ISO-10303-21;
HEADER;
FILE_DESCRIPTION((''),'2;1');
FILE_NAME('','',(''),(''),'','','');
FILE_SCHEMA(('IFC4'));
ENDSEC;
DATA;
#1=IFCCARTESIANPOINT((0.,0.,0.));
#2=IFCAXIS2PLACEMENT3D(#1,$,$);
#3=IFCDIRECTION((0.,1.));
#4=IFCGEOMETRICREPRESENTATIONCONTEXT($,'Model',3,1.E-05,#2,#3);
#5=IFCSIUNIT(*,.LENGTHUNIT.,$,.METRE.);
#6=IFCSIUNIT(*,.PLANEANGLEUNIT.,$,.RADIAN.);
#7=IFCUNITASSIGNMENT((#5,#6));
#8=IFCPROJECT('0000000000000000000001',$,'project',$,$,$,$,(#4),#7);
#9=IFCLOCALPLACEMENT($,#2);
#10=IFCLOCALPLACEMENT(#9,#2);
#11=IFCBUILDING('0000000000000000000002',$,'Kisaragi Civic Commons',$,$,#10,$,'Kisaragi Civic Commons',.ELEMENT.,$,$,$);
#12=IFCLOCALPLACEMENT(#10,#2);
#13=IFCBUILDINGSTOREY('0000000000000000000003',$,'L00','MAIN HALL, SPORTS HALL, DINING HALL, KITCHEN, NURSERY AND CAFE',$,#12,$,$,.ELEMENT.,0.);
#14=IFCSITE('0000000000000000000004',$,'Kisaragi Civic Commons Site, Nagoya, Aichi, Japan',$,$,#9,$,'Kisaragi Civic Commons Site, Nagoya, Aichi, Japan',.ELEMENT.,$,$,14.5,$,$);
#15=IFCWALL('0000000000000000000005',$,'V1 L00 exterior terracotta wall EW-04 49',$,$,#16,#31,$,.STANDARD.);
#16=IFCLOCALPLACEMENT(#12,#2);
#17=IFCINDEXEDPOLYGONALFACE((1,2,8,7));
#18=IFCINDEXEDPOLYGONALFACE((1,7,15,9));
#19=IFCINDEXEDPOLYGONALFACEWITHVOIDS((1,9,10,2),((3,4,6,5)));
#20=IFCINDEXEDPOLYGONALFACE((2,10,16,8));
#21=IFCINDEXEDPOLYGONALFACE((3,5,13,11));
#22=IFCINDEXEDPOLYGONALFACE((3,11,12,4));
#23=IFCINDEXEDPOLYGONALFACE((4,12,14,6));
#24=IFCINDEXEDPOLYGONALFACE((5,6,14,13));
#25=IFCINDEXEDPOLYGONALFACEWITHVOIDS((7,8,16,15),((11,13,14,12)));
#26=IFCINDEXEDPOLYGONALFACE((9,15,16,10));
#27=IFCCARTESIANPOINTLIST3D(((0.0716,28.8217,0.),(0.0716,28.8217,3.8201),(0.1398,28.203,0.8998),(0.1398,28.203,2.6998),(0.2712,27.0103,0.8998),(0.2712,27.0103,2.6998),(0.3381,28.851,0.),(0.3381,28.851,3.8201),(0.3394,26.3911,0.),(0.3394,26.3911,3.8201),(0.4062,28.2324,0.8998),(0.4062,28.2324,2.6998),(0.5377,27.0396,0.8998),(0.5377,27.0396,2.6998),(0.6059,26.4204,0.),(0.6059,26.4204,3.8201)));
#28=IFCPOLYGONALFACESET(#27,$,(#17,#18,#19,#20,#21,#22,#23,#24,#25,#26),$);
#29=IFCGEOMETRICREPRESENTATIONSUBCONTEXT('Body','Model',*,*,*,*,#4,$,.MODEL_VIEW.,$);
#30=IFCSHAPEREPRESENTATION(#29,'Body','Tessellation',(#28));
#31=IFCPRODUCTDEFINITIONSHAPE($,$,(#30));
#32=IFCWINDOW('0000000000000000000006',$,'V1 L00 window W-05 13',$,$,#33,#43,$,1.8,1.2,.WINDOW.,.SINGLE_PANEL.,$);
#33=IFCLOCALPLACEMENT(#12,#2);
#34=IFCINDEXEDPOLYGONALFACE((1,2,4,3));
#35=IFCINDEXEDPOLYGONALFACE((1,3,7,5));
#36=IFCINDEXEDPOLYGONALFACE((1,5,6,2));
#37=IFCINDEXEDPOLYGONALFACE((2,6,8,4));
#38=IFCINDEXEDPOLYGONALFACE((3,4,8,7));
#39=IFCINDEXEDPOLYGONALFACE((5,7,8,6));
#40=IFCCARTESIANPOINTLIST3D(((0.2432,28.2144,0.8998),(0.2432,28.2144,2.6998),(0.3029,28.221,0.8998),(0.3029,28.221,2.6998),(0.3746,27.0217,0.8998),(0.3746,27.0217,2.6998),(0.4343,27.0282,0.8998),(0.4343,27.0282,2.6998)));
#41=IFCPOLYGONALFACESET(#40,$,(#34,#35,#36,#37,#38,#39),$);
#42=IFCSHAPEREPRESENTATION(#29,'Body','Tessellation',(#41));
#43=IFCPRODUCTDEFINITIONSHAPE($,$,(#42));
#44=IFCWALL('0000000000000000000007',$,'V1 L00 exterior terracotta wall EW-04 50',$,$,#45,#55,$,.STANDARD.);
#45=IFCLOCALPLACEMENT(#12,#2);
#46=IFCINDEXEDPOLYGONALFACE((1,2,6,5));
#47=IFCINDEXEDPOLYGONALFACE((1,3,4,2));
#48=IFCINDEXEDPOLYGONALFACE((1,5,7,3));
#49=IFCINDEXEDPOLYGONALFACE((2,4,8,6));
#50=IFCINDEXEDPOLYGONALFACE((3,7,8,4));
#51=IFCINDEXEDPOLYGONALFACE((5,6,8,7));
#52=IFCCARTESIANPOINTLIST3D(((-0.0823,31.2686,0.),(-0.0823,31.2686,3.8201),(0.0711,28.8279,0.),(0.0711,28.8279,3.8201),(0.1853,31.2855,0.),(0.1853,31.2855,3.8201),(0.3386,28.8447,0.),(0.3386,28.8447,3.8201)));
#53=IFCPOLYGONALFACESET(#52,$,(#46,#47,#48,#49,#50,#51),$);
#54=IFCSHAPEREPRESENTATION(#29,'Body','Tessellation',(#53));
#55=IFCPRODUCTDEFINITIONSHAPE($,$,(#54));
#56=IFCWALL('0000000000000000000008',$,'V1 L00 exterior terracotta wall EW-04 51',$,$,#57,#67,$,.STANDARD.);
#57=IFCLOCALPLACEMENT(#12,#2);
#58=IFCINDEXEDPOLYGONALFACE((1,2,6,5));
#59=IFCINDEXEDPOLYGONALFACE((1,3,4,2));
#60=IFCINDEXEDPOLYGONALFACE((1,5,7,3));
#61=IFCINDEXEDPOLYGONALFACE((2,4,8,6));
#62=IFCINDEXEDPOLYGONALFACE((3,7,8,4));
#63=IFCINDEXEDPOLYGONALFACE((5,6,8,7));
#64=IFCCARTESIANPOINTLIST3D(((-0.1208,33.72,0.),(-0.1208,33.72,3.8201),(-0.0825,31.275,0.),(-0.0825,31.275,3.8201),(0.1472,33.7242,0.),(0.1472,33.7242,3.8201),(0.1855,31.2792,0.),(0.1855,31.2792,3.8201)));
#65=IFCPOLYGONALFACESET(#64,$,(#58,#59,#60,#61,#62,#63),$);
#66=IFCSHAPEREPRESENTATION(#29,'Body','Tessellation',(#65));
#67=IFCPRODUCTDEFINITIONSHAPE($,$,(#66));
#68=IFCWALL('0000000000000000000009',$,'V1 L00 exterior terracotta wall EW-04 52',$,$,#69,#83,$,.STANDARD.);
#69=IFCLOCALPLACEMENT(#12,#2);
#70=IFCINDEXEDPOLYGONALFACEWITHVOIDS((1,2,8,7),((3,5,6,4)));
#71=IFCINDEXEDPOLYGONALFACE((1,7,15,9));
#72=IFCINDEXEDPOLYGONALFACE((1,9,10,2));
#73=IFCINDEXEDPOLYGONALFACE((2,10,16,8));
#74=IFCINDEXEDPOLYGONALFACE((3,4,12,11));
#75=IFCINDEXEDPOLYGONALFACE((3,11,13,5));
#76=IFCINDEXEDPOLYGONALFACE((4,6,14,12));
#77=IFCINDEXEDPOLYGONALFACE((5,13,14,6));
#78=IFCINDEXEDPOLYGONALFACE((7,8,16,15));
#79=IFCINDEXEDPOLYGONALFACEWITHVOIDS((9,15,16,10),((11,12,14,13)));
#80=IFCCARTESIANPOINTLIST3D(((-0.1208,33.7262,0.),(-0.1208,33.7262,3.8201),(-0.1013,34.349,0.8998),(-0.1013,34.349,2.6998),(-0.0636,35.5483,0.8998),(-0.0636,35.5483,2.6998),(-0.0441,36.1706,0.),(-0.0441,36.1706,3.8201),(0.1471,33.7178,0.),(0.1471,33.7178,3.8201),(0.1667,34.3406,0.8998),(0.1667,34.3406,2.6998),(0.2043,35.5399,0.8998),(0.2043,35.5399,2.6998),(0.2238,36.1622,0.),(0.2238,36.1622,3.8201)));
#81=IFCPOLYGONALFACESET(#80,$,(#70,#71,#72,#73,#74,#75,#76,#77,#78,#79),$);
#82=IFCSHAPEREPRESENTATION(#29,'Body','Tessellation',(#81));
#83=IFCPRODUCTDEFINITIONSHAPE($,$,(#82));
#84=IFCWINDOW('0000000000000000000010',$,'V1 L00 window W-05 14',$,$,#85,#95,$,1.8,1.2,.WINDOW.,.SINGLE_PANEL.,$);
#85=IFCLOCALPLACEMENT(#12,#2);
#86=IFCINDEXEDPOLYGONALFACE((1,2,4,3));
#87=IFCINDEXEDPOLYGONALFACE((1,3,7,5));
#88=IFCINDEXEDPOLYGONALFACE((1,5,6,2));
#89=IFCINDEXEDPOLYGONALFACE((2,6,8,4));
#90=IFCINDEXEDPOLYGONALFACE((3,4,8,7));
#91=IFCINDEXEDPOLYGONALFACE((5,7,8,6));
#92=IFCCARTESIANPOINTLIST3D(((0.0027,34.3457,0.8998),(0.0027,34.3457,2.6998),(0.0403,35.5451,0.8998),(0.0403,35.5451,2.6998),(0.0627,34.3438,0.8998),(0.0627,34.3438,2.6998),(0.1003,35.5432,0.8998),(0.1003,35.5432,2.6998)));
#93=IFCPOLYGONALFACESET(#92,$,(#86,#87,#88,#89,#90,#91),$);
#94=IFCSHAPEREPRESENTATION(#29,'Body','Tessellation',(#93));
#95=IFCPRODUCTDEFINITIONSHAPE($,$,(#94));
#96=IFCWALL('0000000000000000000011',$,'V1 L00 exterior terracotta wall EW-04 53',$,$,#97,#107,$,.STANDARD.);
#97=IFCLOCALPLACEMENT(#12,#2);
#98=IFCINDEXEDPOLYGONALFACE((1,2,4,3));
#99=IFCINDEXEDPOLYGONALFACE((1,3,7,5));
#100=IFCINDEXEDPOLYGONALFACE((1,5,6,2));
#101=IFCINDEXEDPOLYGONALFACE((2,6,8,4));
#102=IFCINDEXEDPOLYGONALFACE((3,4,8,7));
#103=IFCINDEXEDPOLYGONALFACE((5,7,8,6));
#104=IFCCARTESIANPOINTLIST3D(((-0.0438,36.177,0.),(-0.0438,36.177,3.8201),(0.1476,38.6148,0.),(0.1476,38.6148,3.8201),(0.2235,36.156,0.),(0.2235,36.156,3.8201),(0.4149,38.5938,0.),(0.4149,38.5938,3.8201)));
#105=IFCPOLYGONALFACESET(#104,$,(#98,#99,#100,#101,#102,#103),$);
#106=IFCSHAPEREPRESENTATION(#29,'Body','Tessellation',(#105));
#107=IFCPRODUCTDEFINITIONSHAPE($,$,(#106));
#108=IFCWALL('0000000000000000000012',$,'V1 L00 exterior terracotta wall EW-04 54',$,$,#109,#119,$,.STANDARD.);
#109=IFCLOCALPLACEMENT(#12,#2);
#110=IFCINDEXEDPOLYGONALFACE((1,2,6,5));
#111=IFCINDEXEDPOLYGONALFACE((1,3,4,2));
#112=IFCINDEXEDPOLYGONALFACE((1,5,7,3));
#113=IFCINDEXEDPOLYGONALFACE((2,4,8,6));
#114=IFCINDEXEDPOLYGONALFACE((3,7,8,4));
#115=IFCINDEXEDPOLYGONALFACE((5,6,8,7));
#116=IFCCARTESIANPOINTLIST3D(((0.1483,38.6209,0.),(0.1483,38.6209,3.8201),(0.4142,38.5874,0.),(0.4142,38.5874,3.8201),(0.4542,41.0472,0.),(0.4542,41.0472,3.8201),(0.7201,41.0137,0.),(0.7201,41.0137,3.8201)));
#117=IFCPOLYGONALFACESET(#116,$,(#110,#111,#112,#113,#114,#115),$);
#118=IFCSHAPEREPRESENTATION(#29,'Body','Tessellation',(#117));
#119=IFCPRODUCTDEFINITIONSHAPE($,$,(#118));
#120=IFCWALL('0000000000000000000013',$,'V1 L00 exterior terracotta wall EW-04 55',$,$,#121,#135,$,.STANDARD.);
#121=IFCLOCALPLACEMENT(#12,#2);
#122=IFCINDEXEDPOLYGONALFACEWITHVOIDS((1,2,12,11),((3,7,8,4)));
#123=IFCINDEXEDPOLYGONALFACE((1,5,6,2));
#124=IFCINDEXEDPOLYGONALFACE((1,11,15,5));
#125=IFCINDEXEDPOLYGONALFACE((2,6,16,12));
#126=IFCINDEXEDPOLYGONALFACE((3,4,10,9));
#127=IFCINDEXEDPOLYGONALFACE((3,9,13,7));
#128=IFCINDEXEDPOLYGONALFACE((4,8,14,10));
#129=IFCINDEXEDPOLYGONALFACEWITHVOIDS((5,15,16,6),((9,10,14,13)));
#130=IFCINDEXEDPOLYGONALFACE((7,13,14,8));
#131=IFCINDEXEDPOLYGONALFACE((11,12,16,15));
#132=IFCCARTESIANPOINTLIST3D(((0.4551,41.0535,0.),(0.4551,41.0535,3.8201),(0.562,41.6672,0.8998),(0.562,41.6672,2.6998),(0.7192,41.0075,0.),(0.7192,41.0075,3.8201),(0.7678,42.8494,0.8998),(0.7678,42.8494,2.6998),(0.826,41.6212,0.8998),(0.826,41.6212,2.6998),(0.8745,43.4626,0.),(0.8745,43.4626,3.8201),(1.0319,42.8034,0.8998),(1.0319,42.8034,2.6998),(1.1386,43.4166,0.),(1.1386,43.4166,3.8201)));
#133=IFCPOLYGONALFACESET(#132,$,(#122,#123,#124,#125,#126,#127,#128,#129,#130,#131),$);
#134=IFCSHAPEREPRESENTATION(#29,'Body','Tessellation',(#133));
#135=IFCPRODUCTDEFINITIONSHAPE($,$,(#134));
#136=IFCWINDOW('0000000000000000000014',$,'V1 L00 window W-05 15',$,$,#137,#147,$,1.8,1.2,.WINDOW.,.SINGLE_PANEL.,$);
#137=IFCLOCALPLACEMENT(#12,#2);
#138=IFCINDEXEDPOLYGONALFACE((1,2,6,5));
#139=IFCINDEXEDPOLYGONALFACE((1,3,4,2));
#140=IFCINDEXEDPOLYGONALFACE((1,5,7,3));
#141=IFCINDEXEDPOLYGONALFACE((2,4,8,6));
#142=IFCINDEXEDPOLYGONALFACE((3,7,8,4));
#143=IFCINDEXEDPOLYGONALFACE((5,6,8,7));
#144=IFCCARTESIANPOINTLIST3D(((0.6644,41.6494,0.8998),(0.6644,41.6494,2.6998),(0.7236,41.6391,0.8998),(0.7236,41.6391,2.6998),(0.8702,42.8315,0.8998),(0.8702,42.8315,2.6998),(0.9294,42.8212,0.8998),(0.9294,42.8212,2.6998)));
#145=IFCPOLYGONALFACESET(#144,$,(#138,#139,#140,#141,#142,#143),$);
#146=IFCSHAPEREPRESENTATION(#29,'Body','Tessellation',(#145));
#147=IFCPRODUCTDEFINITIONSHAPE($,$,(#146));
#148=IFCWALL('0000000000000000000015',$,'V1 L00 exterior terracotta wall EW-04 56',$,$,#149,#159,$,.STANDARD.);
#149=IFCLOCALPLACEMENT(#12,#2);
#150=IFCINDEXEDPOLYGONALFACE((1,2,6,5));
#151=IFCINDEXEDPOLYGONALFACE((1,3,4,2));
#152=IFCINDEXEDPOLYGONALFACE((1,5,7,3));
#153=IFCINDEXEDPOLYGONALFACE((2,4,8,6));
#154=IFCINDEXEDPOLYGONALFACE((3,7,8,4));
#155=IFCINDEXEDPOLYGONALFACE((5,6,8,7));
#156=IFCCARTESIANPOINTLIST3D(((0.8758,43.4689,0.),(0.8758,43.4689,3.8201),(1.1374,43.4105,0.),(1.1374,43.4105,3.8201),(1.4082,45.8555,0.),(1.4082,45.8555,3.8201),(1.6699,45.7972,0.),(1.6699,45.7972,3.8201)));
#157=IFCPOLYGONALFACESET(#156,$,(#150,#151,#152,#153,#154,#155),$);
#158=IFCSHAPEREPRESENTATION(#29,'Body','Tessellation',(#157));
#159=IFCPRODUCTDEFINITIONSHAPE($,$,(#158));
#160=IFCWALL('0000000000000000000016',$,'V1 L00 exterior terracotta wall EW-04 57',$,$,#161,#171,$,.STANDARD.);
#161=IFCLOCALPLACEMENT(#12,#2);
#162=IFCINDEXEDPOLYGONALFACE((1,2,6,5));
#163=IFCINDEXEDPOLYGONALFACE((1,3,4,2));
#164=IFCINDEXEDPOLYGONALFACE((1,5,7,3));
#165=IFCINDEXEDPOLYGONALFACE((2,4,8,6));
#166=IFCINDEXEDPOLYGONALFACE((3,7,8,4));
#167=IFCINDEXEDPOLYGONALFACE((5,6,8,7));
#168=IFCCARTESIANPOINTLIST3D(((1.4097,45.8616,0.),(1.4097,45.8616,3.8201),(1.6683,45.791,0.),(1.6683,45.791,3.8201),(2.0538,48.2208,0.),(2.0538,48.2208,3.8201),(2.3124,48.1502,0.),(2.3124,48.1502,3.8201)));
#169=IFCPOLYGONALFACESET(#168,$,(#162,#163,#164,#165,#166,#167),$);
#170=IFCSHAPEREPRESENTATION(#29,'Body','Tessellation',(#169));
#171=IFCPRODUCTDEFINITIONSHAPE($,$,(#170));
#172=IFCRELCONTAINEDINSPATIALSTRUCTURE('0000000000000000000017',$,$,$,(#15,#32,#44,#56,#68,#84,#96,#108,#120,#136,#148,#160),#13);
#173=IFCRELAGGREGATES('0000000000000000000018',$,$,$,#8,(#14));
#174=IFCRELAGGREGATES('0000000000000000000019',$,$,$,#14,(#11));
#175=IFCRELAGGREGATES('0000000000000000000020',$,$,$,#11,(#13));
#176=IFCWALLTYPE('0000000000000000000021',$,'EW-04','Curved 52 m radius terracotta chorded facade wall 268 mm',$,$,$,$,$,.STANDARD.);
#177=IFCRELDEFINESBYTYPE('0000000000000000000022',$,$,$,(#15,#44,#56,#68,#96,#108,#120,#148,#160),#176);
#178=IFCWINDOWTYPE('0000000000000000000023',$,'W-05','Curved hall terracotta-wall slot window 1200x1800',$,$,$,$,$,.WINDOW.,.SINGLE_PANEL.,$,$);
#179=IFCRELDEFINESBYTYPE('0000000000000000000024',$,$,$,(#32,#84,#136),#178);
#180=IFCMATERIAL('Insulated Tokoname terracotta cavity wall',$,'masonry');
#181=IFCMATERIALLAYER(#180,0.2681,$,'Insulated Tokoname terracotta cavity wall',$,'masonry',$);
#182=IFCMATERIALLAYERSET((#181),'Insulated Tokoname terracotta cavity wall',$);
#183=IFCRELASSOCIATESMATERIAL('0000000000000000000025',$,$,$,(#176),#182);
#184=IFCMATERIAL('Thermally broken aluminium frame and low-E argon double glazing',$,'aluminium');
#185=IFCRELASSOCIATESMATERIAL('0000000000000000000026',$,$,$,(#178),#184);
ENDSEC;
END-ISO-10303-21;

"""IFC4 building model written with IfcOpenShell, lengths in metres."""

from ifc_helpers import new_model, si_unit, direction, frame, frame_2d, origin, place, context, subcontext, project, spatial, rectangle, extrude, material, layer, layer_set, type_object, element, fill, save


model = new_model("IFC4")

# Units and contexts
model_context = context("Model", 3, precision=1e-05, world=origin(), true_north=direction((0.0, 1.0)))
body_context = subcontext(model_context, "Body", "Model", "MODEL_VIEW")
ifc_project = project(units=[si_unit("LENGTHUNIT", "METRE"), si_unit("PLANEANGLEUNIT", "RADIAN")], contexts=[model_context])

# Site, building, storey
site_placement = place(None, origin())
site = spatial("IfcSite", under=ifc_project, at=site_placement, Name="Kisaragi Civic Commons Site, Nagoya, Aichi, Japan", LongName="Kisaragi Civic Commons Site, Nagoya, Aichi, Japan", CompositionType="ELEMENT", RefElevation=14.5)
building_placement = place(site_placement, origin())
building = spatial("IfcBuilding", under=site, at=building_placement, Name="Kisaragi Civic Commons", LongName="Kisaragi Civic Commons", CompositionType="ELEMENT")
storey_placement = place(building_placement, origin())
storey = spatial("IfcBuildingStorey", under=building, at=storey_placement, Name="L00", Description="MAIN HALL, SPORTS HALL, DINING HALL, KITCHEN, NURSERY AND CAFE", CompositionType="ELEMENT", Elevation=0.0)

# Wall, opening, window
ifc_material_1 = material(Name="Insulated Tokoname terracotta cavity wall", Category="masonry")
ifc_layer_1 = layer(ifc_material_1, 0.2681, Name="Insulated Tokoname terracotta cavity wall", Category="masonry")
ifc_layer_set_1 = layer_set([ifc_layer_1], Name="Insulated Tokoname terracotta cavity wall")
wall_type_1 = type_object("IfcWallType", Name="EW-04", Description="Curved 52 m radius terracotta chorded facade wall 268 mm", PredefinedType="STANDARD", material=ifc_layer_set_1)
wall_1_placement = place(storey_placement, frame((0.4727, 26.4058, 0.0), z_axis=(0.0, 0.0, 1.0), x_axis=(-0.109522, 0.993984, 0.0)))
wall_1 = element("IfcWall", 1, at=wall_1_placement, inside=storey, type_object=wall_type_1, Name="V1 L00 exterior terracotta wall EW-04 49", PredefinedType="STANDARD", context=body_context, shape_type="SweptSolid", body=[
    extrude(rectangle(XDim=2.4453, YDim=0.2681, at=frame_2d((1.2227, 0.0))), origin(), (0.0, 0.0, 1.0), 3.8201),
])
opening_1_placement = place(wall_1_placement, frame((0.6228, 0.0, 0.8999)))
opening_1 = element("IfcOpeningElement", 2, at=opening_1_placement, cuts=wall_1, PredefinedType="OPENING", context=body_context, shape_type="SweptSolid", body=[
    extrude(rectangle(XDim=1.2, YDim=1.8, at=frame_2d((0.6001, 0.8999))), frame((0.0, 0.144, 0.0), z_axis=(0.0, -1.0, 0.0), x_axis=(1.0, 0.0, 0.0)), (0.0, 0.0, 1.0), 0.2881),
])
ifc_material_2 = material(Name="Thermally broken aluminium frame and low-E argon double glazing", Category="aluminium")
window_type = type_object("IfcWindowType", Name="W-05", Description="Curved hall terracotta-wall slot window 1200x1800", PartitioningType="SINGLE_PANEL", PredefinedType="WINDOW", material=ifc_material_2)
window_1_placement = place(opening_1_placement, origin())
window_1 = element("IfcWindow", 3, at=window_1_placement, inside=storey, type_object=window_type, Name="V1 L00 window W-05 13", OverallHeight=1.8, OverallWidth=1.2, PartitioningType="SINGLE_PANEL", PredefinedType="WINDOW", context=body_context, shape_type="SweptSolid", body=[
    extrude(rectangle(XDim=1.2, YDim=1.8, at=frame_2d((0.6001, 0.8999))), frame((0.0, 0.03, 0.0), z_axis=(0.0, -1.0, 0.0), x_axis=(1.0, 0.0, 0.0)), (0.0, 0.0, 1.0), 0.0601),
])
fill(opening_1, window_1)

# Walls
wall_2_placement = place(storey_placement, frame((0.2048, 28.8364, 0.0), z_axis=(0.0, 0.0, 1.0), x_axis=(-0.062695, 0.998033, 0.0)))
element("IfcWall", 4, at=wall_2_placement, inside=storey, type_object=wall_type_1, Name="V1 L00 exterior terracotta wall EW-04 50", PredefinedType="STANDARD", context=body_context, shape_type="SweptSolid", body=[
    extrude(rectangle(XDim=2.4456, YDim=0.2681, at=frame_2d((1.2227, 0.0))), origin(), (0.0, 0.0, 1.0), 3.8201),
])
wall_3_placement = place(storey_placement, frame((0.0515, 31.2771, 0.0), z_axis=(0.0, 0.0, 1.0), x_axis=(-0.015675, 0.999877, 0.0)))
element("IfcWall", 5, at=wall_3_placement, inside=storey, type_object=wall_type_1, Name="V1 L00 exterior terracotta wall EW-04 51", PredefinedType="STANDARD", context=body_context, shape_type="SweptSolid", body=[
    extrude(rectangle(XDim=2.4453, YDim=0.2681, at=frame_2d((1.2227, 0.0))), origin(), (0.0, 0.0, 1.0), 3.8201),
])

# Wall, opening, window
wall_4_placement = place(storey_placement, frame((0.0132, 33.7222, 0.0), z_axis=(0.0, 0.0, 1.0), x_axis=(0.031347, 0.999509, 0.0)))
wall_4 = element("IfcWall", 6, at=wall_4_placement, inside=storey, type_object=wall_type_1, Name="V1 L00 exterior terracotta wall EW-04 52", PredefinedType="STANDARD", context=body_context, shape_type="SweptSolid", body=[
    extrude(rectangle(XDim=2.4456, YDim=0.2681, at=frame_2d((1.2227, 0.0))), origin(), (0.0, 0.0, 1.0), 3.8201),
])
opening_2_placement = place(wall_4_placement, frame((0.6228, 0.0, 0.8999)))
opening_2 = element("IfcOpeningElement", 7, at=opening_2_placement, cuts=wall_4, PredefinedType="OPENING", context=body_context, shape_type="SweptSolid", body=[
    extrude(rectangle(XDim=1.2, YDim=1.8, at=frame_2d((0.6001, 0.8999))), frame((0.0, 0.144, 0.0), z_axis=(0.0, -1.0, 0.0), x_axis=(1.0, 0.0, 0.0)), (0.0, 0.0, 1.0), 0.2881),
])
window_2_placement = place(opening_2_placement, origin())
window_2 = element("IfcWindow", 8, at=window_2_placement, inside=storey, type_object=window_type, Name="V1 L00 window W-05 14", OverallHeight=1.8, OverallWidth=1.2, PartitioningType="SINGLE_PANEL", PredefinedType="WINDOW", context=body_context, shape_type="SweptSolid", body=[
    extrude(rectangle(XDim=1.2, YDim=1.8, at=frame_2d((0.6001, 0.8999))), frame((0.0, 0.03, 0.0), z_axis=(0.0, -1.0, 0.0), x_axis=(1.0, 0.0, 0.0)), (0.0, 0.0, 1.0), 0.0601),
])
fill(opening_2, window_2)

# Walls
wall_5_placement = place(storey_placement, frame((0.0898, 36.1665, 0.0), z_axis=(0.0, 0.0, 1.0), x_axis=(0.078277, 0.996932, 0.0)))
element("IfcWall", 9, at=wall_5_placement, inside=storey, type_object=wall_type_1, Name="V1 L00 exterior terracotta wall EW-04 53", PredefinedType="STANDARD", context=body_context, shape_type="SweptSolid", body=[
    extrude(rectangle(XDim=2.4453, YDim=0.2681, at=frame_2d((1.2227, 0.0))), origin(), (0.0, 0.0, 1.0), 3.8201),
])
wall_6_placement = place(storey_placement, frame((0.2812, 38.6042, 0.0), z_axis=(0.0, 0.0, 1.0), x_axis=(0.125091, 0.992145, 0.0)))
element("IfcWall", 10, at=wall_6_placement, inside=storey, type_object=wall_type_1, Name="V1 L00 exterior terracotta wall EW-04 54", PredefinedType="STANDARD", context=body_context, shape_type="SweptSolid", body=[
    extrude(rectangle(XDim=2.4456, YDim=0.2681, at=frame_2d((1.2227, 0.0))), origin(), (0.0, 0.0, 1.0), 3.8201),
])

# Wall, opening, window
wall_7_placement = place(storey_placement, frame((0.5872, 41.0305, 0.0), z_axis=(0.0, 0.0, 1.0), x_axis=(0.171518, 0.985181, 0.0)))
wall_7 = element("IfcWall", 11, at=wall_7_placement, inside=storey, type_object=wall_type_1, Name="V1 L00 exterior terracotta wall EW-04 55", PredefinedType="STANDARD", context=body_context, shape_type="SweptSolid", body=[
    extrude(rectangle(XDim=2.4453, YDim=0.2681, at=frame_2d((1.2227, 0.0))), origin(), (0.0, 0.0, 1.0), 3.8201),
])
opening_3_placement = place(wall_7_placement, frame((0.6228, 0.0, 0.8999)))
opening_3 = element("IfcOpeningElement", 12, at=opening_3_placement, cuts=wall_7, PredefinedType="OPENING", context=body_context, shape_type="SweptSolid", body=[
    extrude(rectangle(XDim=1.2, YDim=1.8, at=frame_2d((0.6001, 0.8999))), frame((0.0, 0.144, 0.0), z_axis=(0.0, -1.0, 0.0), x_axis=(1.0, 0.0, 0.0)), (0.0, 0.0, 1.0), 0.2881),
])
window_3_placement = place(opening_3_placement, origin())
window_3 = element("IfcWindow", 13, at=window_3_placement, inside=storey, type_object=window_type, Name="V1 L00 window W-05 15", OverallHeight=1.8, OverallWidth=1.2, PartitioningType="SINGLE_PANEL", PredefinedType="WINDOW", context=body_context, shape_type="SweptSolid", body=[
    extrude(rectangle(XDim=1.2, YDim=1.8, at=frame_2d((0.6001, 0.8999))), frame((0.0, 0.03, 0.0), z_axis=(0.0, -1.0, 0.0), x_axis=(1.0, 0.0, 0.0)), (0.0, 0.0, 1.0), 0.0601),
])
fill(opening_3, window_3)

# Walls
wall_8_placement = place(storey_placement, frame((1.0066, 43.4397, 0.0), z_axis=(0.0, 0.0, 1.0), x_axis=(0.217744, 0.976006, 0.0)))
element("IfcWall", 14, at=wall_8_placement, inside=storey, type_object=wall_type_1, Name="V1 L00 exterior terracotta wall EW-04 56", PredefinedType="STANDARD", context=body_context, shape_type="SweptSolid", body=[
    extrude(rectangle(XDim=2.4453, YDim=0.2681, at=frame_2d((1.2227, 0.0))), origin(), (0.0, 0.0, 1.0), 3.8201),
])
wall_9_placement = place(storey_placement, frame((1.5391, 45.8264, 0.0), z_axis=(0.0, 0.0, 1.0), x_axis=(0.263362, 0.964697, 0.0)))
element("IfcWall", 15, at=wall_9_placement, inside=storey, type_object=wall_type_1, Name="V1 L00 exterior terracotta wall EW-04 57", PredefinedType="STANDARD", context=body_context, shape_type="SweptSolid", body=[
    extrude(rectangle(XDim=2.4456, YDim=0.2681, at=frame_2d((1.2227, 0.0))), origin(), (0.0, 0.0, 1.0), 3.8201),
])

save(model, "model.ifc")
